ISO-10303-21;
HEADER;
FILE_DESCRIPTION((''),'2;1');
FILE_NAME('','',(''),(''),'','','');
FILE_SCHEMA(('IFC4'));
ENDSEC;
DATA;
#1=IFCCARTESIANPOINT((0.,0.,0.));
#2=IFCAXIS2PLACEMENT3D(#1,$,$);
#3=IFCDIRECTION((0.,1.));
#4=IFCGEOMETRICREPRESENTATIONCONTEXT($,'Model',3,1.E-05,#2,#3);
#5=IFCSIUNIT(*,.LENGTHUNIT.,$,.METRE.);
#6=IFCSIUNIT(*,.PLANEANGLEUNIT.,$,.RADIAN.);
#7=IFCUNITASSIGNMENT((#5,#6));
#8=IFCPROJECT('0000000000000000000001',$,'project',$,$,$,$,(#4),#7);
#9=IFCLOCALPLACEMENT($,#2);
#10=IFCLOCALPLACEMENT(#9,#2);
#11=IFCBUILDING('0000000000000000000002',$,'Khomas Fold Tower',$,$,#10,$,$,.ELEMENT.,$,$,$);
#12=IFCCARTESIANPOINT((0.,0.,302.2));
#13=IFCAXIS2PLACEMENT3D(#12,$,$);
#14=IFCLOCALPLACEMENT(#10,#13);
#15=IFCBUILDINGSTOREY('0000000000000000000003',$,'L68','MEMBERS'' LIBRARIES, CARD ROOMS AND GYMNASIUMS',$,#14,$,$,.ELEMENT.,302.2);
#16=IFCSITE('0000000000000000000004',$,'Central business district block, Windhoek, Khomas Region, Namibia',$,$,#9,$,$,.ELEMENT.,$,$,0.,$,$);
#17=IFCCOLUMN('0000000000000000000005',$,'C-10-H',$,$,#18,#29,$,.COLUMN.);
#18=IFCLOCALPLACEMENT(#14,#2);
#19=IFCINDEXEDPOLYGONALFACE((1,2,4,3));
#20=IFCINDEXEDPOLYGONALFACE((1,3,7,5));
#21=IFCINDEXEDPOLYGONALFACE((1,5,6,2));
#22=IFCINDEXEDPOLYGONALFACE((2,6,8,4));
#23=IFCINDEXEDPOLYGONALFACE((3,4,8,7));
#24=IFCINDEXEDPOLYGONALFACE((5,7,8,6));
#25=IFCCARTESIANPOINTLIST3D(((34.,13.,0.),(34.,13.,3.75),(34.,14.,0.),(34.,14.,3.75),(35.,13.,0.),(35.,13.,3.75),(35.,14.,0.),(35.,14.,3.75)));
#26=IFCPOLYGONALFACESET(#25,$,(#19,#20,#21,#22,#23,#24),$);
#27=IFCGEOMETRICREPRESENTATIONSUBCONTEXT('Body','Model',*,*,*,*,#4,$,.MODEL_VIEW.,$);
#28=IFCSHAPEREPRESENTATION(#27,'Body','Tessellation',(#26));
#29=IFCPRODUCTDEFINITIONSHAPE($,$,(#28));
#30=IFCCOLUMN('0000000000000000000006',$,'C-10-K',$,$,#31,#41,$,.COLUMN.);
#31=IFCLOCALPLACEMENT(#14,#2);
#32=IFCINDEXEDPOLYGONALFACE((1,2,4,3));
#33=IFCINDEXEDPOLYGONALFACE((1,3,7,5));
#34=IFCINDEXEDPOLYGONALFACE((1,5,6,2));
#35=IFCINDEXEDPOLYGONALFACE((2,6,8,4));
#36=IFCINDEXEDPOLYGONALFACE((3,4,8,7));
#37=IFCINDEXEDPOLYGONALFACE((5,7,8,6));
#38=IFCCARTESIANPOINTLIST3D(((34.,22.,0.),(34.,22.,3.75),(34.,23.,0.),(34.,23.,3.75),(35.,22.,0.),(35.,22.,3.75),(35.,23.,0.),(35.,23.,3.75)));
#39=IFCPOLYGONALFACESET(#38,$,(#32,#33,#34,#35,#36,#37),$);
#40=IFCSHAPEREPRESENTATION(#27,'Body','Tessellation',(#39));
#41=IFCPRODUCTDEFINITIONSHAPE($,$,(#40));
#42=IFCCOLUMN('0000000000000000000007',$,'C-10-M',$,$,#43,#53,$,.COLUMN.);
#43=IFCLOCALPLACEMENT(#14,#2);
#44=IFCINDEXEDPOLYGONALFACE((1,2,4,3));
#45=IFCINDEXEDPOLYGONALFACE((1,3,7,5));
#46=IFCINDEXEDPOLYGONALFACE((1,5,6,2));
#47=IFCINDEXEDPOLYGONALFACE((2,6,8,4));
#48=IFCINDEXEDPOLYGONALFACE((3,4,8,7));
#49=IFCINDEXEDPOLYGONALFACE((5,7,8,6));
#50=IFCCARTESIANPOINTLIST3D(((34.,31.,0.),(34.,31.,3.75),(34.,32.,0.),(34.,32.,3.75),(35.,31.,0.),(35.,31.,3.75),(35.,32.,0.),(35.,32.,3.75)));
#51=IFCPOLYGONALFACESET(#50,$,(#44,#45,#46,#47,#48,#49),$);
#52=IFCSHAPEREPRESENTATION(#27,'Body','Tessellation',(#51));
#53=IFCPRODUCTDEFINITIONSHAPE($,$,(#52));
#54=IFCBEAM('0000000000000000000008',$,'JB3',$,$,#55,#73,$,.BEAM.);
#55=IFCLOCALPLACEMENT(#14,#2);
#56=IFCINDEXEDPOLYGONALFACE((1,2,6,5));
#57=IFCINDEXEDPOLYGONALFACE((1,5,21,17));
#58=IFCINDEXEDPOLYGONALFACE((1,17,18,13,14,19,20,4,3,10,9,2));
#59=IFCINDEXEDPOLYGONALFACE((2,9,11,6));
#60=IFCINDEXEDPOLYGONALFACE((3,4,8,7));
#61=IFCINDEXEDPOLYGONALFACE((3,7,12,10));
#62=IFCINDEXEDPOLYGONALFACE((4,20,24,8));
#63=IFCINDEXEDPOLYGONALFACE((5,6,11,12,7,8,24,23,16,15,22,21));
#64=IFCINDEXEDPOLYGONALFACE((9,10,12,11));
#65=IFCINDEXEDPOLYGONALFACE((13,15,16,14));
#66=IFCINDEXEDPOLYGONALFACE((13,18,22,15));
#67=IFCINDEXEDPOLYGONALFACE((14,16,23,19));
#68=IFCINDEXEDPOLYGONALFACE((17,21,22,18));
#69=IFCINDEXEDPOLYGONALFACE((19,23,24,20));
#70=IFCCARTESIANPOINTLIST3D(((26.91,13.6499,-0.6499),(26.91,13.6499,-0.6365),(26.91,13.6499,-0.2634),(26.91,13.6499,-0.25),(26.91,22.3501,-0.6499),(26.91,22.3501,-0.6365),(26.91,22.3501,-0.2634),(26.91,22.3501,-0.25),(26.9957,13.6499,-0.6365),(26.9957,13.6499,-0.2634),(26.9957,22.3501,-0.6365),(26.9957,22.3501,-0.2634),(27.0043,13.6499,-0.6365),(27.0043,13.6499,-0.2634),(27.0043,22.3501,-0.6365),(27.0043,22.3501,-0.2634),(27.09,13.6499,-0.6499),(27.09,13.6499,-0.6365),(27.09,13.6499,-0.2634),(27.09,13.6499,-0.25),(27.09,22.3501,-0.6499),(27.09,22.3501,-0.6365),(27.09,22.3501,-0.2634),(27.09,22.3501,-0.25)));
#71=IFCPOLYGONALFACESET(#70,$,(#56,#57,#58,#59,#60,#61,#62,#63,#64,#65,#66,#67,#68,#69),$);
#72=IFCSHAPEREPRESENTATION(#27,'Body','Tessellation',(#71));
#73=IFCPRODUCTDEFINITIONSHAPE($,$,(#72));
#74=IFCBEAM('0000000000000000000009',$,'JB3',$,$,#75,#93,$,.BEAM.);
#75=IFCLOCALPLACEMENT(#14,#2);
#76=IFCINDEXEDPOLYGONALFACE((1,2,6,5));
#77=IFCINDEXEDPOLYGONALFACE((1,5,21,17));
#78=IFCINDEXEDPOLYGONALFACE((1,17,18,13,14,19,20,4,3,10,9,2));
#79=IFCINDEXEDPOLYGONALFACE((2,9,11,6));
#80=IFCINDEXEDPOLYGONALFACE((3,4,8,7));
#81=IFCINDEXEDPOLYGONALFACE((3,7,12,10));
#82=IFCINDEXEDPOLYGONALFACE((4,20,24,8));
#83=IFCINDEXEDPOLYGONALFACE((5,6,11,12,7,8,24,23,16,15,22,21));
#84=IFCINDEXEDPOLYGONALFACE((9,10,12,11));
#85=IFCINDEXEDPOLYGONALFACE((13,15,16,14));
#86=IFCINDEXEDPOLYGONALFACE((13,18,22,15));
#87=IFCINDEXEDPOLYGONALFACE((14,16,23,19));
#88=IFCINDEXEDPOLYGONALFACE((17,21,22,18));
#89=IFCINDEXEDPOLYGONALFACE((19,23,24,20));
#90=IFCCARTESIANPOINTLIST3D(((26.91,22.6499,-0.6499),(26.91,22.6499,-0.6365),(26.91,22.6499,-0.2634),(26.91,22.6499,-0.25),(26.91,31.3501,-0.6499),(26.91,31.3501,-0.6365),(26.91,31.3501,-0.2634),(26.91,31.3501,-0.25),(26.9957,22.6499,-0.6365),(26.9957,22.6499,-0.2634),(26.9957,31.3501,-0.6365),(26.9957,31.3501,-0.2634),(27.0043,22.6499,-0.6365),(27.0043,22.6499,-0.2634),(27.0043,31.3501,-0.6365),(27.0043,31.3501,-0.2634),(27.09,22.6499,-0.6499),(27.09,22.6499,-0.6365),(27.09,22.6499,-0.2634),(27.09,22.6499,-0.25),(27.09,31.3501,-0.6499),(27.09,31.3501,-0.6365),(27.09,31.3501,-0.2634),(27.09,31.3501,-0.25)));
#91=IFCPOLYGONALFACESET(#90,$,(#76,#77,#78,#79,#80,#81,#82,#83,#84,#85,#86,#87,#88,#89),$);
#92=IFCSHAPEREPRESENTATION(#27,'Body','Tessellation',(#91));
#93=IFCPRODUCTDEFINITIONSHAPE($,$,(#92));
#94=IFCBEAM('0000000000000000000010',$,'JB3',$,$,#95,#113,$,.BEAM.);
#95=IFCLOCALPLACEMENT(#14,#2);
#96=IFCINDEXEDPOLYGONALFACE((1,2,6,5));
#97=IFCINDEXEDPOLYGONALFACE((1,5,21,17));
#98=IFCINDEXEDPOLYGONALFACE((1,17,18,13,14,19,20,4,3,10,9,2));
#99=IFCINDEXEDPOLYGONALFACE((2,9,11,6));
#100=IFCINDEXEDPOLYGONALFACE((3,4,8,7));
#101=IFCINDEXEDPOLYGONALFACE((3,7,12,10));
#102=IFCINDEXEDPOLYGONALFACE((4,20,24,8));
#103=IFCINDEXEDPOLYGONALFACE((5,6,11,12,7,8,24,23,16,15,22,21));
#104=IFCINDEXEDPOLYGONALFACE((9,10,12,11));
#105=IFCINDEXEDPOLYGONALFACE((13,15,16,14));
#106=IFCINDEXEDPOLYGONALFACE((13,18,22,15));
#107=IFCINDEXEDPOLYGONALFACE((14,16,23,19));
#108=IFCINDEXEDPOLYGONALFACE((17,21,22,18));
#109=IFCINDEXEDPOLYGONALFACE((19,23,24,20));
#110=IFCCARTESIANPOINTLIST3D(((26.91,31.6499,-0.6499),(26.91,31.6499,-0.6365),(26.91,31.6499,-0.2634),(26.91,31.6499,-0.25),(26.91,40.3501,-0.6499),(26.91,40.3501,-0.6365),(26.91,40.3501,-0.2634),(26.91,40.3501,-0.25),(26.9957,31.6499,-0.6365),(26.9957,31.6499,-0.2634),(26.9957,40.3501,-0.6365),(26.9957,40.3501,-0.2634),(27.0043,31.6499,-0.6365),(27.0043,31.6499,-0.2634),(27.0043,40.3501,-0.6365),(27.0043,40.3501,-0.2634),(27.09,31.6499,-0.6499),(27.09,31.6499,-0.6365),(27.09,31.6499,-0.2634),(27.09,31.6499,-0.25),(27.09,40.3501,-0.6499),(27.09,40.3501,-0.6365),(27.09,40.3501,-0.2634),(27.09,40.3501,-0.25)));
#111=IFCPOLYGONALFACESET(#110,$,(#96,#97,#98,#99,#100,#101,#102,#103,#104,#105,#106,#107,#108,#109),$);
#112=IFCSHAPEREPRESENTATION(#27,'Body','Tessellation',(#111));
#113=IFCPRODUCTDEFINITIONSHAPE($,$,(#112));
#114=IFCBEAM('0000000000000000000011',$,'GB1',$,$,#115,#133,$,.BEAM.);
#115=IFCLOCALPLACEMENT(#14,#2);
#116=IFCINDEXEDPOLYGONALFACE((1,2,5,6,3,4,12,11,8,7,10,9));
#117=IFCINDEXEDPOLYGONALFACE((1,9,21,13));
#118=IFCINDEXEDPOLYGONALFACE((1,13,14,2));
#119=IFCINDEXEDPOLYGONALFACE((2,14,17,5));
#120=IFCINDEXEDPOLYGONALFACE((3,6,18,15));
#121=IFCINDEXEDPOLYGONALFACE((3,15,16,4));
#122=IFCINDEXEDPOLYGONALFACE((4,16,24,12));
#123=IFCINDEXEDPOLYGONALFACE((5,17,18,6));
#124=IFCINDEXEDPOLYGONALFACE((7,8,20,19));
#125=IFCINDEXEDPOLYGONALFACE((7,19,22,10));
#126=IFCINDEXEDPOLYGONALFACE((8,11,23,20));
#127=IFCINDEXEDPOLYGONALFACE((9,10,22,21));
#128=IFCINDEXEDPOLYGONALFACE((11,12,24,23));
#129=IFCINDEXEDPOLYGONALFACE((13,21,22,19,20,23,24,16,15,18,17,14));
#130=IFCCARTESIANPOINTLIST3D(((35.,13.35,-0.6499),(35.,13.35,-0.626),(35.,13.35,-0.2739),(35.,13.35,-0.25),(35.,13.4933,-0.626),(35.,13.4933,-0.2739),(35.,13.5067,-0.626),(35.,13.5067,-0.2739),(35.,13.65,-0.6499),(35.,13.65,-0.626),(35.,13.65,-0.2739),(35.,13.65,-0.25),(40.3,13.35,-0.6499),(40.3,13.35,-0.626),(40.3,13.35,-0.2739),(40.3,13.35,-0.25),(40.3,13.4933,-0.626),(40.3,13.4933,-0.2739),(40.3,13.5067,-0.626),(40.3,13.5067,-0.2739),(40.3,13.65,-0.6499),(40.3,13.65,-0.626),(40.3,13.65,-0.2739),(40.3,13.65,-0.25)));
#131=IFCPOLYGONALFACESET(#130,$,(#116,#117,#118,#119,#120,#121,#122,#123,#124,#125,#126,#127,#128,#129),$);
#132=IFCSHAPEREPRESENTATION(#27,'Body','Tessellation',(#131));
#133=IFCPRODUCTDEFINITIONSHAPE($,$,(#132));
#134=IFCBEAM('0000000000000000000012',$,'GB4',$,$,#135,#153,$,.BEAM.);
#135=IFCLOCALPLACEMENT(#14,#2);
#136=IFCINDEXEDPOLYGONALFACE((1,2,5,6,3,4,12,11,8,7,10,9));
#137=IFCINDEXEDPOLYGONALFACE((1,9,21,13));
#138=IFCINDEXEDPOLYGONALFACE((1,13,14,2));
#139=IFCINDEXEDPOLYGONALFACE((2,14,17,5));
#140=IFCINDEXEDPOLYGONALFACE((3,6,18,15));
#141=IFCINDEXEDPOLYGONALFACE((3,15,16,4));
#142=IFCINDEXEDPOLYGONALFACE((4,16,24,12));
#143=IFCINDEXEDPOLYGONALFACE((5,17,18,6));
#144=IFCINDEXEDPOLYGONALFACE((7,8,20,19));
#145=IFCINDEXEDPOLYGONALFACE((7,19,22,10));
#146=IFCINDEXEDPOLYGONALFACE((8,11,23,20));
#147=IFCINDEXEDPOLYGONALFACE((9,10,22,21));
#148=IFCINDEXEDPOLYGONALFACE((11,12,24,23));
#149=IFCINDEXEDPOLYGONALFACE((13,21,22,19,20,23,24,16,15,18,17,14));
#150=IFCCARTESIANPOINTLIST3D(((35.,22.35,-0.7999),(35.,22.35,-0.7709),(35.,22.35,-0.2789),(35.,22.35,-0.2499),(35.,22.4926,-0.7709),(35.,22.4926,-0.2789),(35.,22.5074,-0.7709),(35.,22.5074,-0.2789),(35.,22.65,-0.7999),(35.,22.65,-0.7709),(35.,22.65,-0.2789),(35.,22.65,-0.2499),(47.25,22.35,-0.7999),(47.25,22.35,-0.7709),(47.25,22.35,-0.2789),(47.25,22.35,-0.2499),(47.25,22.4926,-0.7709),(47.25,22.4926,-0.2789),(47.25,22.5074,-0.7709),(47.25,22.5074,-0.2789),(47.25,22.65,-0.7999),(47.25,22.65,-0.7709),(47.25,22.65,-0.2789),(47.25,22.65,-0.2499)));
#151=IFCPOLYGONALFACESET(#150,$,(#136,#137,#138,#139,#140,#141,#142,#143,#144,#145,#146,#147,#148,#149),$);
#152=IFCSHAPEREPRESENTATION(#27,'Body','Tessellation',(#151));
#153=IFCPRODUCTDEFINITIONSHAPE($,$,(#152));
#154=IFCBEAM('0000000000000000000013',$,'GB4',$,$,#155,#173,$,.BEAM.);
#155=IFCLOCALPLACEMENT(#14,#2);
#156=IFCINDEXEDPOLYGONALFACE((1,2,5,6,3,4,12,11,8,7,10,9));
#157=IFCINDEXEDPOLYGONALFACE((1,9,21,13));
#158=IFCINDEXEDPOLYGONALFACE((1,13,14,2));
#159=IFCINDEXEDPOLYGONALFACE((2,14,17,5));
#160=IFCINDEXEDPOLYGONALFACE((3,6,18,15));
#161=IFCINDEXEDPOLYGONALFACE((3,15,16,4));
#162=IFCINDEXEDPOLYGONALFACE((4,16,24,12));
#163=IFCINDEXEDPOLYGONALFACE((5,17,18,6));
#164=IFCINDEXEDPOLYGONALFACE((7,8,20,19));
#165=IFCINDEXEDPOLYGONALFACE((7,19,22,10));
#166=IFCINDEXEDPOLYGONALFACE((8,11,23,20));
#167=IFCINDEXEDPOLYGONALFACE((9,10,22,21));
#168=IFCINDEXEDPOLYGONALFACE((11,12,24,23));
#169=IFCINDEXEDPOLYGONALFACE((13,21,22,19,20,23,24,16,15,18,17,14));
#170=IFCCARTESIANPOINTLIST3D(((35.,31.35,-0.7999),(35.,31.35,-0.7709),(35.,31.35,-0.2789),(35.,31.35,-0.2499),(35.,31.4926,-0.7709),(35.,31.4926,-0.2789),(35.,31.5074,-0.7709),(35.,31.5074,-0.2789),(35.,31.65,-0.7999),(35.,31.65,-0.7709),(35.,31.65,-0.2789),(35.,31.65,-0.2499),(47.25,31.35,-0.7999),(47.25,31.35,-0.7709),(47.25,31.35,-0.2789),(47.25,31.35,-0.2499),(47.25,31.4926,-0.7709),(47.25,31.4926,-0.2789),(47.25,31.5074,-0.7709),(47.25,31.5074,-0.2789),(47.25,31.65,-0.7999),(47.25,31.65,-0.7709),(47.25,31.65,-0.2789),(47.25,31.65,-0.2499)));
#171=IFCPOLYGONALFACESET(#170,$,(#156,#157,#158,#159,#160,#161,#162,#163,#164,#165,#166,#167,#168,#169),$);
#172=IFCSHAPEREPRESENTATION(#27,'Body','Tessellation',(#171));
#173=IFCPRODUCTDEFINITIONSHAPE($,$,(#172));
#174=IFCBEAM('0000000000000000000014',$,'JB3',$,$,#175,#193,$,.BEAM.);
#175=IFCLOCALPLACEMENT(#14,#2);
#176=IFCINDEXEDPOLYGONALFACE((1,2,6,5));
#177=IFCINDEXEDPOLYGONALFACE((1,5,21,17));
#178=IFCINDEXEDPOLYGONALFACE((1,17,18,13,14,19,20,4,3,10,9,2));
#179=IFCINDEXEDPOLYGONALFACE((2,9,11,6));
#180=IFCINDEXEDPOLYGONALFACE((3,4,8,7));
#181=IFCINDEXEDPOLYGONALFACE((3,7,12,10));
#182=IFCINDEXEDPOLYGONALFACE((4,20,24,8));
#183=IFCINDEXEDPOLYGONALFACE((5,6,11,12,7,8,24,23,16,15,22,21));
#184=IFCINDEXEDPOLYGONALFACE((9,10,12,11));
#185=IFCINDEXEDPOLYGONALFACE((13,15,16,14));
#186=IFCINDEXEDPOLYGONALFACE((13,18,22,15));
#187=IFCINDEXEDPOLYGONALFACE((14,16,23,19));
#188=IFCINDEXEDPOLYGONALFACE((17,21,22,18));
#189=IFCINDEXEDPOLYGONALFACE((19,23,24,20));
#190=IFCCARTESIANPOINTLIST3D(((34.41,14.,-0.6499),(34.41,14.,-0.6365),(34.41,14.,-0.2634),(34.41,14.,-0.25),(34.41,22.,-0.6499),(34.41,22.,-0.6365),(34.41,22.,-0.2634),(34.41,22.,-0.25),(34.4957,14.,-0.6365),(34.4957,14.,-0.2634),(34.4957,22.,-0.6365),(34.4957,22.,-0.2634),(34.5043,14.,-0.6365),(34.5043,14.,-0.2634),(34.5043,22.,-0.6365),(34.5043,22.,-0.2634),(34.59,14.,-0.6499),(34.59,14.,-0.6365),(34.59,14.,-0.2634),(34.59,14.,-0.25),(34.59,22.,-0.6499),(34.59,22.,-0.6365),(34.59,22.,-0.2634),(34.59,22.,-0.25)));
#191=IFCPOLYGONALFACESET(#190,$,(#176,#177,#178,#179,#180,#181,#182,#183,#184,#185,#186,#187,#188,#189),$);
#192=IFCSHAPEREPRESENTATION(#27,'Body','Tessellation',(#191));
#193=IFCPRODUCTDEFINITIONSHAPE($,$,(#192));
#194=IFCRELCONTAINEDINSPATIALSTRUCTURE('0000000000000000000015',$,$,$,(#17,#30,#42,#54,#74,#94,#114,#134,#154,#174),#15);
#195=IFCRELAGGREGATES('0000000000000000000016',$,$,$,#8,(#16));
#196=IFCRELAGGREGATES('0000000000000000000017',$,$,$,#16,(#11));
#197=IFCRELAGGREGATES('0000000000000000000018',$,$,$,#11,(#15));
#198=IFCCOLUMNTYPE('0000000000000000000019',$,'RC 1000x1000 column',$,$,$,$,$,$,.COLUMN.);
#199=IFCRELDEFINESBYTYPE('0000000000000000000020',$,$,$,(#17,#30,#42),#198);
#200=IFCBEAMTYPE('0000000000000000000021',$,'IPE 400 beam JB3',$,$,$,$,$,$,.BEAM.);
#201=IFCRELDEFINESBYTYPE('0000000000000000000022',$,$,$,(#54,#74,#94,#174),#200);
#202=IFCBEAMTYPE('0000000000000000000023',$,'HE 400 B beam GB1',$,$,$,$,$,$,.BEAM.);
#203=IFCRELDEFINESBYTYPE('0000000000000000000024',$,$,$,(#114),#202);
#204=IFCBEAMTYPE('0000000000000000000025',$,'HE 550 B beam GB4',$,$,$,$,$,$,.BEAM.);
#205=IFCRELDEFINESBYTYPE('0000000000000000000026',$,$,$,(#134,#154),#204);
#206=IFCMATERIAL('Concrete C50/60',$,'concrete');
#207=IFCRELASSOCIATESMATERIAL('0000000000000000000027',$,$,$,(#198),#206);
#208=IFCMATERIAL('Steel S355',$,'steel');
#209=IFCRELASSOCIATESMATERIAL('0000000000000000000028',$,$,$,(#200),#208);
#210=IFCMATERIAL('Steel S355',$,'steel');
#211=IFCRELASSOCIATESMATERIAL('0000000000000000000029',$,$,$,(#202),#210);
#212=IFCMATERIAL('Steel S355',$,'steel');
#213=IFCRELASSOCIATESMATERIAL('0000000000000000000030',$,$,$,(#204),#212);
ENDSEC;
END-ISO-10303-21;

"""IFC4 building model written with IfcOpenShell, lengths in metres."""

from ifc_helpers import new_model, si_unit, direction, frame, origin, origin_2d, place, context, subcontext, project, spatial, rectangle, i_section, extrude, source, transform, mapped, material, material_profile, profile_set, type_object, element, save


model = new_model("IFC4")

# Units and contexts
model_context = context("Model", 3, precision=1e-05, world=origin(), true_north=direction((0.0, 1.0)))
body_context = subcontext(model_context, "Body", "Model", "MODEL_VIEW")
ifc_project = project(units=[si_unit("LENGTHUNIT", "METRE"), si_unit("PLANEANGLEUNIT", "RADIAN")], contexts=[model_context])

# Site, building, storey
site_placement = place(None, origin())
site = spatial("IfcSite", under=ifc_project, at=site_placement, Name="Central business district block, Windhoek, Khomas Region, Namibia", CompositionType="ELEMENT", RefElevation=0.0)
building_placement = place(site_placement, origin())
building = spatial("IfcBuilding", under=site, at=building_placement, Name="Khomas Fold Tower", CompositionType="ELEMENT")
storey_placement = place(building_placement, frame((0.0, 0.0, 302.2)))
storey = spatial("IfcBuildingStorey", under=building, at=storey_placement, Name="L68", Description="MEMBERS' LIBRARIES, CARD ROOMS AND GYMNASIUMS", CompositionType="ELEMENT", Elevation=302.2)

# Columns
ifc_material_1 = material(Name="Concrete C50/60", Category="concrete")
ifc_material_profile_1 = material_profile(ifc_material_1, rectangle(XDim=1.0, YDim=1.0, at=origin_2d()), Name="RC 1000x1000")
ifc_profile_set_1 = profile_set([ifc_material_profile_1], Name="Concrete C50/60")
column_type = type_object("IfcColumnType", Name="RC 1000x1000 column", PredefinedType="COLUMN", material=ifc_profile_set_1)
shared_shape_1 = source(origin(), body_context, "Body", "SweptSolid", [
    extrude(rectangle(XDim=1.0, YDim=1.0, at=origin_2d()), origin(), (0.0, 0.0, 1.0), 3.75),
])
for number, where, z_axis, x_axis, name in (
    (1, (34.5, 13.5, 0.0), (0.0, 0.0, 1.0), (1.0, 0.0, 0.0), "C-10-H"),
    (2, (34.5, 22.5, 0.0), (0.0, 0.0, 1.0), (1.0, 0.0, 0.0), "C-10-K"),
    (3, (34.5, 31.5, 0.0), (0.0, 0.0, 1.0), (1.0, 0.0, 0.0), "C-10-M"),
):
    element("IfcColumn", number, at=place(storey_placement, frame(where, z_axis=z_axis, x_axis=x_axis)), inside=storey, type_object=column_type, Name=name, PredefinedType="COLUMN", context=body_context, shape_type="MappedRepresentation", body=[
        mapped(shared_shape_1, transform((0.0, 0.0, 0.0))),
    ])

# Beams
ifc_material_2 = material(Name="Steel S355", Category="steel")
ifc_material_profile_2 = material_profile(ifc_material_2, i_section(OverallWidth=0.1799, OverallDepth=0.3999, WebThickness=0.0085, FlangeThickness=0.0134, at=origin_2d()), Name="IPE 400")
ifc_profile_set_2 = profile_set([ifc_material_profile_2], Name="Steel S355")
beam_type_1 = type_object("IfcBeamType", Name="IPE 400 beam JB3", PredefinedType="BEAM", material=ifc_profile_set_2)
shared_shape_2 = source(origin(), body_context, "Body", "SweptSolid", [
    extrude(i_section(OverallWidth=0.1799, OverallDepth=0.3999, WebThickness=0.0085, FlangeThickness=0.0134, at=origin_2d()), origin(), (0.0, 0.0, 1.0), 8.7002),
])
for number, where, z_axis, x_axis, name in (
    (4, (27.0, 13.6499, -0.45), (0.0, 1.0, 0.0), (-1.0, 0.0, 0.0), "JB3"),
    (5, (27.0, 22.6499, -0.45), (0.0, 1.0, 0.0), (-1.0, 0.0, 0.0), "JB3"),
    (6, (27.0, 31.6499, -0.45), (0.0, 1.0, 0.0), (-1.0, 0.0, 0.0), "JB3"),
):
    element("IfcBeam", number, at=place(storey_placement, frame(where, z_axis=z_axis, x_axis=x_axis)), inside=storey, type_object=beam_type_1, Name=name, PredefinedType="BEAM", context=body_context, shape_type="MappedRepresentation", body=[
        mapped(shared_shape_2, transform((0.0, 0.0, 0.0))),
    ])
ifc_material_3 = material(Name="Steel S355", Category="steel")
ifc_material_profile_3 = material_profile(ifc_material_3, i_section(OverallWidth=0.3, OverallDepth=0.3999, WebThickness=0.0134, FlangeThickness=0.0239, at=origin_2d()), Name="HE 400 B")
ifc_profile_set_3 = profile_set([ifc_material_profile_3], Name="Steel S355")
beam_type_2 = type_object("IfcBeamType", Name="HE 400 B beam GB1", PredefinedType="BEAM", material=ifc_profile_set_3)
shared_shape_3 = source(origin(), body_context, "Body", "SweptSolid", [
    extrude(i_section(OverallWidth=0.3, OverallDepth=0.3999, WebThickness=0.0134, FlangeThickness=0.0239, at=origin_2d()), origin(), (0.0, 0.0, 1.0), 5.3),
])
beam_placement = place(storey_placement, frame((35.0, 13.5, -0.45), z_axis=(1.0, 0.0, 0.0), x_axis=(0.0, 1.0, 0.0)))
element("IfcBeam", 7, at=beam_placement, inside=storey, type_object=beam_type_2, Name="GB1", PredefinedType="BEAM", context=body_context, shape_type="MappedRepresentation", body=[
    mapped(shared_shape_3, transform((0.0, 0.0, 0.0))),
])
ifc_material_4 = material(Name="Steel S355", Category="steel")
ifc_material_profile_4 = material_profile(ifc_material_4, i_section(OverallWidth=0.3, OverallDepth=0.55, WebThickness=0.0149, FlangeThickness=0.0291, at=origin_2d()), Name="HE 550 B")
ifc_profile_set_4 = profile_set([ifc_material_profile_4], Name="Steel S355")
beam_type_3 = type_object("IfcBeamType", Name="HE 550 B beam GB4", PredefinedType="BEAM", material=ifc_profile_set_4)
shared_shape_4 = source(origin(), body_context, "Body", "SweptSolid", [
    extrude(i_section(OverallWidth=0.3, OverallDepth=0.55, WebThickness=0.0149, FlangeThickness=0.0291, at=origin_2d()), origin(), (0.0, 0.0, 1.0), 12.25),
])
for number, where, z_axis, x_axis, name in (
    (8, (35.0, 22.5, -0.5249), (1.0, 0.0, 0.0), (0.0, 1.0, 0.0), "GB4"),
    (9, (35.0, 31.5, -0.5249), (1.0, 0.0, 0.0), (0.0, 1.0, 0.0), "GB4"),
):
    element("IfcBeam", number, at=place(storey_placement, frame(where, z_axis=z_axis, x_axis=x_axis)), inside=storey, type_object=beam_type_3, Name=name, PredefinedType="BEAM", context=body_context, shape_type="MappedRepresentation", body=[
        mapped(shared_shape_4, transform((0.0, 0.0, 0.0))),
    ])
shared_shape_5 = source(origin(), body_context, "Body", "SweptSolid", [
    extrude(i_section(OverallWidth=0.1799, OverallDepth=0.3999, WebThickness=0.0085, FlangeThickness=0.0134, at=origin_2d()), origin(), (0.0, 0.0, 1.0), 8.0),
])
for number, where, z_axis, x_axis, name in (
    (10, (34.5, 14.0, -0.45), (0.0, 1.0, 0.0), (-1.0, 0.0, 0.0), "JB3"),
):
    element("IfcBeam", number, at=place(storey_placement, frame(where, z_axis=z_axis, x_axis=x_axis)), inside=storey, type_object=beam_type_1, Name=name, PredefinedType="BEAM", context=body_context, shape_type="MappedRepresentation", body=[
        mapped(shared_shape_5, transform((0.0, 0.0, 0.0))),
    ])

save(model, "model.ifc")
